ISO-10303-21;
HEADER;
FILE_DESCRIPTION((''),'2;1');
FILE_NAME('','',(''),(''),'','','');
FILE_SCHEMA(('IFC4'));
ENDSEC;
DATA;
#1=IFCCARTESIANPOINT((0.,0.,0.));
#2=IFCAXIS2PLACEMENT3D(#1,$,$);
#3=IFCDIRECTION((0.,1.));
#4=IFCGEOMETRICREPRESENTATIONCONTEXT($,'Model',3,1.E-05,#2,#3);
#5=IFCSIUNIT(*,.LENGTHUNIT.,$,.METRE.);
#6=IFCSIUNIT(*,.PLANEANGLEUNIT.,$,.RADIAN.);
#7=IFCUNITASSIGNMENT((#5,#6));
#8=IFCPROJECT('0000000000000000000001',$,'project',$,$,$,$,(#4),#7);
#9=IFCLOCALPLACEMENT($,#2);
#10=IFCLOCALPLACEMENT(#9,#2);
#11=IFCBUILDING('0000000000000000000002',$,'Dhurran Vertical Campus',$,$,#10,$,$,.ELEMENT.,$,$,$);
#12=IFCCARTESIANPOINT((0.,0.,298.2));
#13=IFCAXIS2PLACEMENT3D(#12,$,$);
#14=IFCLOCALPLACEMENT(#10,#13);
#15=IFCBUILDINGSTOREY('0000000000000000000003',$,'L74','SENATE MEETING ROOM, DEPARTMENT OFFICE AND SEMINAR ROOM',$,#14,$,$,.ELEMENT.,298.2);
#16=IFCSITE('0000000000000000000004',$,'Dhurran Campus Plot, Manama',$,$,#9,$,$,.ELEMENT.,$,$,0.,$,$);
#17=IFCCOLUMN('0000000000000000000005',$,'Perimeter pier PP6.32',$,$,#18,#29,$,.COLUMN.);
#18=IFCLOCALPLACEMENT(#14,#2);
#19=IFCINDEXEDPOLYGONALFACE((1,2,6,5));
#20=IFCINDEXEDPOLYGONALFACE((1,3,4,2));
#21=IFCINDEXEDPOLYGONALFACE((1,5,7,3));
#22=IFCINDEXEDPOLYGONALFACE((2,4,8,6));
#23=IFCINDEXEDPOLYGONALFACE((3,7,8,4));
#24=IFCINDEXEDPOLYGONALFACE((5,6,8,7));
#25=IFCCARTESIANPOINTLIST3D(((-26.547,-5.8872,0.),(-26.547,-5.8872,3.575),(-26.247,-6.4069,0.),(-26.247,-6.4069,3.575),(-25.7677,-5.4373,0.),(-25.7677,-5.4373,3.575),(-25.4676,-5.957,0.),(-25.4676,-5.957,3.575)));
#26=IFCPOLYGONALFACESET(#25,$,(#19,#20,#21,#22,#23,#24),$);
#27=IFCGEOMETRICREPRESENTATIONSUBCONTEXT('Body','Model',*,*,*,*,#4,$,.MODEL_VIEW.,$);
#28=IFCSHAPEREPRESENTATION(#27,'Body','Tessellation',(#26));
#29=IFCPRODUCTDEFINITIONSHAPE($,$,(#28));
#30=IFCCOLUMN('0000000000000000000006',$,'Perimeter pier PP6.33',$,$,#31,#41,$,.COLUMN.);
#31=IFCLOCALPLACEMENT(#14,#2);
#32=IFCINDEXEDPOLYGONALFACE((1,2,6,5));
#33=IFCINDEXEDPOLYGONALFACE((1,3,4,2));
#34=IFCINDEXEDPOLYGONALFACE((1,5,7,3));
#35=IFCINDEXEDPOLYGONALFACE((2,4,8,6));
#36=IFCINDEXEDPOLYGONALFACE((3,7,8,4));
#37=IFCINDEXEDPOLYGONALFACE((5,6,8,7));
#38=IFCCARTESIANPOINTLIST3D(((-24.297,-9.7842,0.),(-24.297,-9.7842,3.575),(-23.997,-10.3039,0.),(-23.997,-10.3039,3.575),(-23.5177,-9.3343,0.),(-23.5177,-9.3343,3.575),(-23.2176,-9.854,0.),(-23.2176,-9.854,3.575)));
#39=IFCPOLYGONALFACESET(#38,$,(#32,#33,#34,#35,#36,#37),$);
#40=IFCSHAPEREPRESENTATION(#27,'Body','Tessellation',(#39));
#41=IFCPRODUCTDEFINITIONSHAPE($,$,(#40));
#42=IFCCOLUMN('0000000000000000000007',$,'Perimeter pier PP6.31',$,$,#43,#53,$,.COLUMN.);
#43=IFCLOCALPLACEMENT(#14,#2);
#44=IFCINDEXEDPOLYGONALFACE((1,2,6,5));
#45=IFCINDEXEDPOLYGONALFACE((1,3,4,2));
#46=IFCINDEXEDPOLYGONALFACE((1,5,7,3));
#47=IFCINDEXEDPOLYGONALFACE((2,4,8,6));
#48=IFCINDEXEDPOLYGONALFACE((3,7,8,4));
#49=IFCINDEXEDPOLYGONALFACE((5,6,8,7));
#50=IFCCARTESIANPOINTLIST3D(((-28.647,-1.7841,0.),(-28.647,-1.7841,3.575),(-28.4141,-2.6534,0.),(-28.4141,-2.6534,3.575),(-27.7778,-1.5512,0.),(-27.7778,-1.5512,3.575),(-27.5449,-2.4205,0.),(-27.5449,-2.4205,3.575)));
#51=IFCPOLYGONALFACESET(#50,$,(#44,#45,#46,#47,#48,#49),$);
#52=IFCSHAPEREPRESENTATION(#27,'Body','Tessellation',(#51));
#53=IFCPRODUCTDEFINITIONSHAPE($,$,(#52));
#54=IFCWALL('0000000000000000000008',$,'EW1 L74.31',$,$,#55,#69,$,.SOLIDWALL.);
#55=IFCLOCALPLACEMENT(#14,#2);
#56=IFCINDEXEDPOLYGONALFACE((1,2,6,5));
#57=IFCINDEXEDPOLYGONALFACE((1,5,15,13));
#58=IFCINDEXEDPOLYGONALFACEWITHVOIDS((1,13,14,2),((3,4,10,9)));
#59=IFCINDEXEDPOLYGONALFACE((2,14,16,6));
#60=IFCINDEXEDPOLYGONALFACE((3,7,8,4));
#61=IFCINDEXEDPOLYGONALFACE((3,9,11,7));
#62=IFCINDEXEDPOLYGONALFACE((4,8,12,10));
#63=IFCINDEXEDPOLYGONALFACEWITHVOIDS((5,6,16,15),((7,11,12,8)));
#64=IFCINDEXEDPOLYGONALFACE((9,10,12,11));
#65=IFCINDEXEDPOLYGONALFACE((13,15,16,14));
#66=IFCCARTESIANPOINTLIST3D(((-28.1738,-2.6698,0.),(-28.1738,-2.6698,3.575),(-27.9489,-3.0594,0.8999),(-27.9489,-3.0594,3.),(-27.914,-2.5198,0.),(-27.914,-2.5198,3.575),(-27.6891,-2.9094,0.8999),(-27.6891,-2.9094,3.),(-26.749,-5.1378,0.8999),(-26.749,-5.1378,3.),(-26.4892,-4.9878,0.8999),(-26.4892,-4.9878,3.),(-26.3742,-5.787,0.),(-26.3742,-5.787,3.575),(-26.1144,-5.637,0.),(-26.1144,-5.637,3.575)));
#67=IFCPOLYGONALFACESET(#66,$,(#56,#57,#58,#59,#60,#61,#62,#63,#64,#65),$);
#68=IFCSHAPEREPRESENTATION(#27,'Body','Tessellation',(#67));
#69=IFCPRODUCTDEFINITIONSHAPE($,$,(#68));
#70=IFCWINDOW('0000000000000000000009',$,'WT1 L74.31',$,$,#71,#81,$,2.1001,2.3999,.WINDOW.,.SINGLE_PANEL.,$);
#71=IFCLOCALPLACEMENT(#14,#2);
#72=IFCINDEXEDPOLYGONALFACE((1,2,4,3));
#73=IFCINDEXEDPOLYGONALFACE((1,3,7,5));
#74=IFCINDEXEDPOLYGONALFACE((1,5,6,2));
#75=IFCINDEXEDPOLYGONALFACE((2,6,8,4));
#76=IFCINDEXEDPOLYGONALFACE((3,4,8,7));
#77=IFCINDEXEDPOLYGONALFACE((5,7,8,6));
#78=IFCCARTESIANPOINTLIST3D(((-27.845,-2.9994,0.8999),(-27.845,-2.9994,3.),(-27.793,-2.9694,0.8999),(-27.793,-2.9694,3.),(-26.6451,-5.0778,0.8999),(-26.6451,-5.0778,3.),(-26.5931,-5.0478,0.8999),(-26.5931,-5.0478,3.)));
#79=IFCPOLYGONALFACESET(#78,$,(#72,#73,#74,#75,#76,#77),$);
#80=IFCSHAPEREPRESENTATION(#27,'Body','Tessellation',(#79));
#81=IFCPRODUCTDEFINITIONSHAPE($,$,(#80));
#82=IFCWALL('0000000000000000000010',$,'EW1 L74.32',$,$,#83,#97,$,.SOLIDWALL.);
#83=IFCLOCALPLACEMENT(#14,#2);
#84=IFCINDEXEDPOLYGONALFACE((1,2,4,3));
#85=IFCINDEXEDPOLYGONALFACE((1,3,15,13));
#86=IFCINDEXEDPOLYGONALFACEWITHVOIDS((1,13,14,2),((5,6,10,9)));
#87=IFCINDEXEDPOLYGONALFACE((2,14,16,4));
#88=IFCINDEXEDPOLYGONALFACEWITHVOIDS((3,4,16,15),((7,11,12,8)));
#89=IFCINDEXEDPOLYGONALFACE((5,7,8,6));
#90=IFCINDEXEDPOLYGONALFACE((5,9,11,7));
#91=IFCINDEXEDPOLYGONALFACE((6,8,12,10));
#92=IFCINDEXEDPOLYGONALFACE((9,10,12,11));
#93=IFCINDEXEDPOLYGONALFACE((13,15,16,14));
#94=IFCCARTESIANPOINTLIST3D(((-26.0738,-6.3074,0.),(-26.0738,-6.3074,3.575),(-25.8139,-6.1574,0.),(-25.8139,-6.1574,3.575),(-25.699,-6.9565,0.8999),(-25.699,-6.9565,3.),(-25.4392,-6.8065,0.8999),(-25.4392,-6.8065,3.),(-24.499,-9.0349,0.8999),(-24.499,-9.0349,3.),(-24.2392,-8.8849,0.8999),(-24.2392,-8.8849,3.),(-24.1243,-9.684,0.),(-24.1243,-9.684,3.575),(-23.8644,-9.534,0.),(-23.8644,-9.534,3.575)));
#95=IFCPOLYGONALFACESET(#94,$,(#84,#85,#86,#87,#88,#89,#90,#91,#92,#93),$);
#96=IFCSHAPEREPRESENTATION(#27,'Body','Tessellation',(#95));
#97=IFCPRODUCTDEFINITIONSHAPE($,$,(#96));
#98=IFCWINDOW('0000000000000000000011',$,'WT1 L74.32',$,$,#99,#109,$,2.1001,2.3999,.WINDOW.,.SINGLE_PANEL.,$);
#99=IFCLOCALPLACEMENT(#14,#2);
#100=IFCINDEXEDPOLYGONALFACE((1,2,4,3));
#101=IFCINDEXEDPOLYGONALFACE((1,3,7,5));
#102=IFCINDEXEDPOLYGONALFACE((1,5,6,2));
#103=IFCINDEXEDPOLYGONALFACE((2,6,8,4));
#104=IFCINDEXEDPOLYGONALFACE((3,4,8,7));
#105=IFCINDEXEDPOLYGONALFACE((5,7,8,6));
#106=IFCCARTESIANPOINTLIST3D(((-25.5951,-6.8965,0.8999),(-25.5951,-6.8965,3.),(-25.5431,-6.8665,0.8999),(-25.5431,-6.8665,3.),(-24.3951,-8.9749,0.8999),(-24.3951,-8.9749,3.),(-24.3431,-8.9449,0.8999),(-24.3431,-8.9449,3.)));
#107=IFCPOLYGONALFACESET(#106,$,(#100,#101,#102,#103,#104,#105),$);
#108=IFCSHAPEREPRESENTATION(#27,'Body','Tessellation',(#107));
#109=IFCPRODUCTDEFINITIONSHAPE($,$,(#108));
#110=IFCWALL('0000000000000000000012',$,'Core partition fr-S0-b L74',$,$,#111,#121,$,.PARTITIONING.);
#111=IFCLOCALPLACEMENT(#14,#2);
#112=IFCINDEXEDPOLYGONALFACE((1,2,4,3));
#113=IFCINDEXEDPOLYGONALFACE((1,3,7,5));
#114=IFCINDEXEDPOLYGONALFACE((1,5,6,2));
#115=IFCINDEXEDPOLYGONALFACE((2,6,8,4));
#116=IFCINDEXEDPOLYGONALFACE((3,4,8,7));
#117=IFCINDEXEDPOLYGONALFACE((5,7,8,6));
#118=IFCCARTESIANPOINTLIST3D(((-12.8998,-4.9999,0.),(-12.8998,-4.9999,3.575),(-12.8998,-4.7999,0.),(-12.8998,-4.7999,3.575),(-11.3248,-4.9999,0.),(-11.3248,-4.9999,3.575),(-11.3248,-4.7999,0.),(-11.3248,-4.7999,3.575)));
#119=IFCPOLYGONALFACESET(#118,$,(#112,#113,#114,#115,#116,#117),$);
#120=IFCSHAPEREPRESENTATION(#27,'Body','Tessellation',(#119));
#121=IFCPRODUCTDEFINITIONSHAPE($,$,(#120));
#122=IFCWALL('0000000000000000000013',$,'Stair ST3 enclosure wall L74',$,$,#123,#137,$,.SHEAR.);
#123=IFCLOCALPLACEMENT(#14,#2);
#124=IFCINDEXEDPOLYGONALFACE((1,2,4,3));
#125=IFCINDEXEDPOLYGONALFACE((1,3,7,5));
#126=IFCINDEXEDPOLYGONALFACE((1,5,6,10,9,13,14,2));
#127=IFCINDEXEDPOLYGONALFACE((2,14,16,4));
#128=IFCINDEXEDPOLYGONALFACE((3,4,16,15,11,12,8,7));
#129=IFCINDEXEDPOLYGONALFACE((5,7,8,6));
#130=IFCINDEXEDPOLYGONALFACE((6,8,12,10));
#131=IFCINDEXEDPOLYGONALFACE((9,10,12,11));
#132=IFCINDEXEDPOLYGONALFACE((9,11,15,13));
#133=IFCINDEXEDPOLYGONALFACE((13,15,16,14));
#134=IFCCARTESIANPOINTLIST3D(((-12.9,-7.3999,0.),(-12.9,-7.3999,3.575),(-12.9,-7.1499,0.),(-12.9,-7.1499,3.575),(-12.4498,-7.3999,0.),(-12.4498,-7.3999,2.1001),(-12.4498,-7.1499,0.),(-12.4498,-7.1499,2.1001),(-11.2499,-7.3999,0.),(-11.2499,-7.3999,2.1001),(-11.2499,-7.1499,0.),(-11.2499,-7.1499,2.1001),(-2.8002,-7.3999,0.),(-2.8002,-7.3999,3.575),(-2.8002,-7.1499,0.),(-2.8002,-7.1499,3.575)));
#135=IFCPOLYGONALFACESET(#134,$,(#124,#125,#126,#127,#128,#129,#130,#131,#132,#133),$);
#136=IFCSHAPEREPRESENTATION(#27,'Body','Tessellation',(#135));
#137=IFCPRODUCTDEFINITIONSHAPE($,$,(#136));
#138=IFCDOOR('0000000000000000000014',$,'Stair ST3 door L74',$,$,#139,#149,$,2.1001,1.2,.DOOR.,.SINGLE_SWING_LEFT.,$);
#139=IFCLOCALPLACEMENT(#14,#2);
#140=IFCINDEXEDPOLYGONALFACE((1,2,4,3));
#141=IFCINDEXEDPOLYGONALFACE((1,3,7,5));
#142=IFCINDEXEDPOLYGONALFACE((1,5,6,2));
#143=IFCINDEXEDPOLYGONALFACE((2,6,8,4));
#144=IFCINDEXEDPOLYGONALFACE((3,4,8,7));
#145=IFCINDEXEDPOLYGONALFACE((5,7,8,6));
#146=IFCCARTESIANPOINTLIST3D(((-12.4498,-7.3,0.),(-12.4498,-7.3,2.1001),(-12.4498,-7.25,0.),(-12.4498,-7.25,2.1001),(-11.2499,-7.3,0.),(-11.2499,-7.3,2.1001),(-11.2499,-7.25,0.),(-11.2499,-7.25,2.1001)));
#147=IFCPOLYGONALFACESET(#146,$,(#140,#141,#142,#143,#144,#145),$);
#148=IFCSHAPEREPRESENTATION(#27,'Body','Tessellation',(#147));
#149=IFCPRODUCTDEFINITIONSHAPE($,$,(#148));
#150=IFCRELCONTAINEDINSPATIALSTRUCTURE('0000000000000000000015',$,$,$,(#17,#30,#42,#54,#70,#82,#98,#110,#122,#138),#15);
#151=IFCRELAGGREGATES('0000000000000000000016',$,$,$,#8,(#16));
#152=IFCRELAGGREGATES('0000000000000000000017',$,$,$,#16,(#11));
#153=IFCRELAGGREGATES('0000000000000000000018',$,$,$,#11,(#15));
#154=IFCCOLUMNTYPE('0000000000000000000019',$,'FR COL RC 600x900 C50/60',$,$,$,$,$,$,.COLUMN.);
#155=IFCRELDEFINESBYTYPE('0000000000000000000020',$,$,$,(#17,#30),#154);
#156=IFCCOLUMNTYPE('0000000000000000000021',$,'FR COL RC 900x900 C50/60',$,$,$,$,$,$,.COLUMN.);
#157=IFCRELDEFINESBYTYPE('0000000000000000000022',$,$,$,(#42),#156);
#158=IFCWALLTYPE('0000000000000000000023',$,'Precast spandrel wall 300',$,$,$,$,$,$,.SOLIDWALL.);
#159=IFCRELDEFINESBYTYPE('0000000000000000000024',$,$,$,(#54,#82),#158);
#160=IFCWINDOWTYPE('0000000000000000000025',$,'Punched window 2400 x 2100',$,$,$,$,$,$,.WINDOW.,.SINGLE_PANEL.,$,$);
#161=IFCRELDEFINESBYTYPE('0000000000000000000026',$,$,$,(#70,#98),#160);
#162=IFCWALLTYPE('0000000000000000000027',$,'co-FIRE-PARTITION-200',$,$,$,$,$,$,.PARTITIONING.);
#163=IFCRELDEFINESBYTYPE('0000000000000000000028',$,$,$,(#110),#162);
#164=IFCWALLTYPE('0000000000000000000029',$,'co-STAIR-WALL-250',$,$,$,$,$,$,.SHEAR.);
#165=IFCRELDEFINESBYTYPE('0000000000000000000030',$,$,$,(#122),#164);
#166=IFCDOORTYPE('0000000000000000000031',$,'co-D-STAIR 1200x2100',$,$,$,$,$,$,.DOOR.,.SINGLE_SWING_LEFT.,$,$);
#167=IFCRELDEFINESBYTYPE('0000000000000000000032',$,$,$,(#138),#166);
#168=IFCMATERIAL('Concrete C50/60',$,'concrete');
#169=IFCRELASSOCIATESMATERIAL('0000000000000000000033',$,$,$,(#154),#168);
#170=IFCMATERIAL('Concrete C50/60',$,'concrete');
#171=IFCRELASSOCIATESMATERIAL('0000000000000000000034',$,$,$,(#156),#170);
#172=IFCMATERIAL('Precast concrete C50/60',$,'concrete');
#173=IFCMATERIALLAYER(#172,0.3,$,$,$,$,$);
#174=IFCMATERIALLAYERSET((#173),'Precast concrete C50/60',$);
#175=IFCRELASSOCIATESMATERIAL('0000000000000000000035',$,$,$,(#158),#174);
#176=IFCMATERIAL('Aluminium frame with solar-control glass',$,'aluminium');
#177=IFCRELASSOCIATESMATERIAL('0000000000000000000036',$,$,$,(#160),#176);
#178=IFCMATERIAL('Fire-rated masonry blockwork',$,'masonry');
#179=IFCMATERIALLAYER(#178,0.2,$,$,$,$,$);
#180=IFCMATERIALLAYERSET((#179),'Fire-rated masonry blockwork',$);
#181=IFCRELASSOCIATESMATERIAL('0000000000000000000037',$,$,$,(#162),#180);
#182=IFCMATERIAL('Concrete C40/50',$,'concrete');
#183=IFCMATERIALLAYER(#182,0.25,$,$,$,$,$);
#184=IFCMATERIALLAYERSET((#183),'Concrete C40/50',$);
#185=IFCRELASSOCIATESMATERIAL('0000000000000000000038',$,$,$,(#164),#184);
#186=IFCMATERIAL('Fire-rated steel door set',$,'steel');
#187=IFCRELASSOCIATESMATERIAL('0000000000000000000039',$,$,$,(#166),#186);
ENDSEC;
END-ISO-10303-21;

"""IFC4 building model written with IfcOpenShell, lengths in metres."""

from ifc_helpers import new_model, si_unit, direction, frame, frame_2d, origin, origin_2d, place, context, subcontext, project, spatial, rectangle, extrude, material, layer, layer_set, material_profile, profile_set, type_object, element, fill, save


model = new_model("IFC4")

# Units and contexts
model_context = context("Model", 3, precision=1e-05, world=origin(), true_north=direction((0.0, 1.0)))
body_context = subcontext(model_context, "Body", "Model", "MODEL_VIEW")
ifc_project = project(units=[si_unit("LENGTHUNIT", "METRE"), si_unit("PLANEANGLEUNIT", "RADIAN")], contexts=[model_context])

# Site, building, storey
site_placement = place(None, origin())
site = spatial("IfcSite", under=ifc_project, at=site_placement, Name="Dhurran Campus Plot, Manama", CompositionType="ELEMENT", RefElevation=0.0)
building_placement = place(site_placement, origin())
building = spatial("IfcBuilding", under=site, at=building_placement, Name="Dhurran Vertical Campus", CompositionType="ELEMENT")
storey_placement = place(building_placement, frame((0.0, 0.0, 298.2)))
storey = spatial("IfcBuildingStorey", under=building, at=storey_placement, Name="L74", Description="SENATE MEETING ROOM, DEPARTMENT OFFICE AND SEMINAR ROOM", CompositionType="ELEMENT", Elevation=298.2)

# Columns
ifc_material_1 = material(Name="Concrete C50/60", Category="concrete")
ifc_material_profile_1 = material_profile(ifc_material_1, rectangle(XDim=0.6001, YDim=0.8999, at=origin_2d()), Name="RC 600x900")
ifc_profile_set_1 = profile_set([ifc_material_profile_1], Name="Concrete C50/60")
column_type_1 = type_object("IfcColumnType", Name="FR COL RC 600x900 C50/60", PredefinedType="COLUMN", material=ifc_profile_set_1)
for number, where, z_axis, x_axis, name in (
    (1, (-26.0073, -5.9221, 0.0), (0.0, 0.0, 1.0), (0.5, -0.866025, 0.0), "Perimeter pier PP6.32"),
    (2, (-23.7573, -9.8191, 0.0), (0.0, 0.0, 1.0), (0.5, -0.866025, 0.0), "Perimeter pier PP6.33"),
):
    element("IfcColumn", number, at=place(storey_placement, frame(where, z_axis=z_axis, x_axis=x_axis)), inside=storey, type_object=column_type_1, Name=name, PredefinedType="COLUMN", context=body_context, shape_type="SweptSolid", body=[
        extrude(rectangle(XDim=0.6001, YDim=0.8999, at=origin_2d()), origin(), (0.0, 0.0, 1.0), 3.575),
    ])
ifc_material_2 = material(Name="Concrete C50/60", Category="concrete")
ifc_material_profile_2 = material_profile(ifc_material_2, rectangle(XDim=0.8999, YDim=0.8999, at=origin_2d()), Name="RC 900x900")
ifc_profile_set_2 = profile_set([ifc_material_profile_2], Name="Concrete C50/60")
column_type_2 = type_object("IfcColumnType", Name="FR COL RC 900x900 C50/60", PredefinedType="COLUMN", material=ifc_profile_set_2)
column_placement = place(storey_placement, frame((-28.0959, -2.1023, 0.0), z_axis=(0.0, 0.0, 1.0), x_axis=(0.258819, -0.965926, 0.0)))
element("IfcColumn", 3, at=column_placement, inside=storey, type_object=column_type_2, Name="Perimeter pier PP6.31", PredefinedType="COLUMN", context=body_context, shape_type="SweptSolid", body=[
    extrude(rectangle(XDim=0.8999, YDim=0.8999, at=origin_2d()), origin(), (0.0, 0.0, 1.0), 3.575),
])

# Walls, openings, windows
ifc_material_3 = material(Name="Precast concrete C50/60", Category="concrete")
ifc_layer_1 = layer(ifc_material_3, 0.3)
ifc_layer_set_1 = layer_set([ifc_layer_1], Name="Precast concrete C50/60")
wall_type_1 = type_object("IfcWallType", Name="Precast spandrel wall 300", PredefinedType="SOLIDWALL", material=ifc_layer_set_1)
wall_1_placement = place(storey_placement, frame((-28.0439, -2.5947, 0.0), z_axis=(0.0, 0.0, 1.0), x_axis=(0.499969, -0.866043, 0.0)))
wall_1 = element("IfcWall", 4, at=wall_1_placement, inside=storey, type_object=wall_type_1, Name="EW1 L74.31", PredefinedType="SOLIDWALL", context=body_context, shape_type="SweptSolid", body=[
    extrude(rectangle(XDim=3.5994, YDim=0.3, at=frame_2d((1.7998, 0.0))), origin(), (0.0, 0.0, 1.0), 3.575),
])
opening_1_placement = place(wall_1_placement, frame((0.45, 0.0, 0.8999)))
opening_1 = element("IfcOpeningElement", 5, at=opening_1_placement, cuts=wall_1, PredefinedType="OPENING", context=body_context, shape_type="SweptSolid", body=[
    extrude(rectangle(XDim=2.3999, YDim=2.1001, at=frame_2d((1.2, 1.05))), frame((0.0, 0.1599, 0.0), z_axis=(0.0, -1.0, 0.0), x_axis=(1.0, 0.0, 0.0)), (0.0, 0.0, 1.0), 0.3201),
])
ifc_material_4 = material(Name="Aluminium frame with solar-control glass", Category="aluminium")
window_type = type_object("IfcWindowType", Name="Punched window 2400 x 2100", PartitioningType="SINGLE_PANEL", PredefinedType="WINDOW", material=ifc_material_4)
window_1_placement = place(opening_1_placement, origin())
window_1 = element("IfcWindow", 6, at=window_1_placement, inside=storey, type_object=window_type, Name="WT1 L74.31", OverallHeight=2.1001, OverallWidth=2.3999, PartitioningType="SINGLE_PANEL", PredefinedType="WINDOW", context=body_context, shape_type="SweptSolid", body=[
    extrude(rectangle(XDim=2.3999, YDim=2.1001, at=frame_2d((1.2, 1.05))), frame((0.0, 0.03, 0.0), z_axis=(0.0, -1.0, 0.0), x_axis=(1.0, 0.0, 0.0)), (0.0, 0.0, 1.0), 0.0601),
])
fill(opening_1, window_1)
wall_2_placement = place(storey_placement, frame((-25.9438, -6.2324, 0.0), z_axis=(0.0, 0.0, 1.0), x_axis=(0.500012, -0.866019, 0.0)))
wall_2 = element("IfcWall", 7, at=wall_2_placement, inside=storey, type_object=wall_type_1, Name="EW1 L74.32", PredefinedType="SOLIDWALL", context=body_context, shape_type="SweptSolid", body=[
    extrude(rectangle(XDim=3.8989, YDim=0.3, at=frame_2d((1.9495, 0.0))), origin(), (0.0, 0.0, 1.0), 3.575),
])
opening_2_placement = place(wall_2_placement, frame((0.7495, 0.0, 0.8999)))
opening_2 = element("IfcOpeningElement", 8, at=opening_2_placement, cuts=wall_2, PredefinedType="OPENING", context=body_context, shape_type="SweptSolid", body=[
    extrude(rectangle(XDim=2.3999, YDim=2.1001, at=frame_2d((1.2, 1.05))), frame((0.0, 0.1599, 0.0), z_axis=(0.0, -1.0, 0.0), x_axis=(1.0, 0.0, 0.0)), (0.0, 0.0, 1.0), 0.3201),
])
window_2_placement = place(opening_2_placement, origin())
window_2 = element("IfcWindow", 9, at=window_2_placement, inside=storey, type_object=window_type, Name="WT1 L74.32", OverallHeight=2.1001, OverallWidth=2.3999, PartitioningType="SINGLE_PANEL", PredefinedType="WINDOW", context=body_context, shape_type="SweptSolid", body=[
    extrude(rectangle(XDim=2.3999, YDim=2.1001, at=frame_2d((1.2, 1.05))), frame((0.0, 0.03, 0.0), z_axis=(0.0, -1.0, 0.0), x_axis=(1.0, 0.0, 0.0)), (0.0, 0.0, 1.0), 0.0601),
])
fill(opening_2, window_2)

# Wall
ifc_material_5 = material(Name="Fire-rated masonry blockwork", Category="masonry")
ifc_layer_2 = layer(ifc_material_5, 0.2)
ifc_layer_set_2 = layer_set([ifc_layer_2], Name="Fire-rated masonry blockwork")
wall_type_2 = type_object("IfcWallType", Name="co-FIRE-PARTITION-200", PredefinedType="PARTITIONING", material=ifc_layer_set_2)
wall_3_placement = place(storey_placement, frame((-12.8999, -4.8999, 0.0), z_axis=(0.0, 0.0, 1.0), x_axis=(1.0, 0.0, 0.0)))
element("IfcWall", 10, at=wall_3_placement, inside=storey, type_object=wall_type_2, Name="Core partition fr-S0-b L74", PredefinedType="PARTITIONING", context=body_context, shape_type="SweptSolid", body=[
    extrude(rectangle(XDim=1.575, YDim=0.2, at=frame_2d((0.7876, 0.0))), origin(), (0.0, 0.0, 1.0), 3.575),
])

# Wall, opening, door
ifc_material_6 = material(Name="Concrete C40/50", Category="concrete")
ifc_layer_3 = layer(ifc_material_6, 0.25)
ifc_layer_set_3 = layer_set([ifc_layer_3], Name="Concrete C40/50")
wall_type_3 = type_object("IfcWallType", Name="co-STAIR-WALL-250", PredefinedType="SHEAR", material=ifc_layer_set_3)
wall_4_placement = place(storey_placement, frame((-12.8999, -7.2749, 0.0), z_axis=(0.0, 0.0, 1.0), x_axis=(1.0, 0.0, 0.0)))
wall_4 = element("IfcWall", 11, at=wall_4_placement, inside=storey, type_object=wall_type_3, Name="Stair ST3 enclosure wall L74", PredefinedType="SHEAR", context=body_context, shape_type="SweptSolid", body=[
    extrude(rectangle(XDim=10.0999, YDim=0.25, at=frame_2d((5.0498, 0.0))), origin(), (0.0, 0.0, 1.0), 3.575),
])
opening_3_placement = place(wall_4_placement, frame((0.45, 0.0, 0.0)))
opening_3 = element("IfcOpeningElement", 12, at=opening_3_placement, cuts=wall_4, PredefinedType="OPENING", context=body_context, shape_type="SweptSolid", body=[
    extrude(rectangle(XDim=1.2, YDim=2.1001, at=frame_2d((0.6001, 1.05))), frame((0.0, 0.135, 0.0), z_axis=(0.0, -1.0, 0.0), x_axis=(1.0, 0.0, 0.0)), (0.0, 0.0, 1.0), 0.27),
])
ifc_material_7 = material(Name="Fire-rated steel door set", Category="steel")
door_type_1 = type_object("IfcDoorType", Name="co-D-STAIR 1200x2100", OperationType="SINGLE_SWING_LEFT", PredefinedType="DOOR", material=ifc_material_7)
door_1_placement = place(opening_3_placement, origin())
door_1 = element("IfcDoor", 13, at=door_1_placement, inside=storey, type_object=door_type_1, Name="Stair ST3 door L74", OperationType="SINGLE_SWING_LEFT", OverallHeight=2.1001, OverallWidth=1.2, PredefinedType="DOOR", context=body_context, shape_type="SweptSolid", body=[
    extrude(rectangle(XDim=1.2, YDim=2.1001, at=frame_2d((0.6001, 1.05))), frame((0.0, 0.0249, 0.0), z_axis=(0.0, -1.0, 0.0), x_axis=(1.0, 0.0, 0.0)), (0.0, 0.0, 1.0), 0.05),
])
fill(opening_3, door_1)

save(model, "model.ifc")
